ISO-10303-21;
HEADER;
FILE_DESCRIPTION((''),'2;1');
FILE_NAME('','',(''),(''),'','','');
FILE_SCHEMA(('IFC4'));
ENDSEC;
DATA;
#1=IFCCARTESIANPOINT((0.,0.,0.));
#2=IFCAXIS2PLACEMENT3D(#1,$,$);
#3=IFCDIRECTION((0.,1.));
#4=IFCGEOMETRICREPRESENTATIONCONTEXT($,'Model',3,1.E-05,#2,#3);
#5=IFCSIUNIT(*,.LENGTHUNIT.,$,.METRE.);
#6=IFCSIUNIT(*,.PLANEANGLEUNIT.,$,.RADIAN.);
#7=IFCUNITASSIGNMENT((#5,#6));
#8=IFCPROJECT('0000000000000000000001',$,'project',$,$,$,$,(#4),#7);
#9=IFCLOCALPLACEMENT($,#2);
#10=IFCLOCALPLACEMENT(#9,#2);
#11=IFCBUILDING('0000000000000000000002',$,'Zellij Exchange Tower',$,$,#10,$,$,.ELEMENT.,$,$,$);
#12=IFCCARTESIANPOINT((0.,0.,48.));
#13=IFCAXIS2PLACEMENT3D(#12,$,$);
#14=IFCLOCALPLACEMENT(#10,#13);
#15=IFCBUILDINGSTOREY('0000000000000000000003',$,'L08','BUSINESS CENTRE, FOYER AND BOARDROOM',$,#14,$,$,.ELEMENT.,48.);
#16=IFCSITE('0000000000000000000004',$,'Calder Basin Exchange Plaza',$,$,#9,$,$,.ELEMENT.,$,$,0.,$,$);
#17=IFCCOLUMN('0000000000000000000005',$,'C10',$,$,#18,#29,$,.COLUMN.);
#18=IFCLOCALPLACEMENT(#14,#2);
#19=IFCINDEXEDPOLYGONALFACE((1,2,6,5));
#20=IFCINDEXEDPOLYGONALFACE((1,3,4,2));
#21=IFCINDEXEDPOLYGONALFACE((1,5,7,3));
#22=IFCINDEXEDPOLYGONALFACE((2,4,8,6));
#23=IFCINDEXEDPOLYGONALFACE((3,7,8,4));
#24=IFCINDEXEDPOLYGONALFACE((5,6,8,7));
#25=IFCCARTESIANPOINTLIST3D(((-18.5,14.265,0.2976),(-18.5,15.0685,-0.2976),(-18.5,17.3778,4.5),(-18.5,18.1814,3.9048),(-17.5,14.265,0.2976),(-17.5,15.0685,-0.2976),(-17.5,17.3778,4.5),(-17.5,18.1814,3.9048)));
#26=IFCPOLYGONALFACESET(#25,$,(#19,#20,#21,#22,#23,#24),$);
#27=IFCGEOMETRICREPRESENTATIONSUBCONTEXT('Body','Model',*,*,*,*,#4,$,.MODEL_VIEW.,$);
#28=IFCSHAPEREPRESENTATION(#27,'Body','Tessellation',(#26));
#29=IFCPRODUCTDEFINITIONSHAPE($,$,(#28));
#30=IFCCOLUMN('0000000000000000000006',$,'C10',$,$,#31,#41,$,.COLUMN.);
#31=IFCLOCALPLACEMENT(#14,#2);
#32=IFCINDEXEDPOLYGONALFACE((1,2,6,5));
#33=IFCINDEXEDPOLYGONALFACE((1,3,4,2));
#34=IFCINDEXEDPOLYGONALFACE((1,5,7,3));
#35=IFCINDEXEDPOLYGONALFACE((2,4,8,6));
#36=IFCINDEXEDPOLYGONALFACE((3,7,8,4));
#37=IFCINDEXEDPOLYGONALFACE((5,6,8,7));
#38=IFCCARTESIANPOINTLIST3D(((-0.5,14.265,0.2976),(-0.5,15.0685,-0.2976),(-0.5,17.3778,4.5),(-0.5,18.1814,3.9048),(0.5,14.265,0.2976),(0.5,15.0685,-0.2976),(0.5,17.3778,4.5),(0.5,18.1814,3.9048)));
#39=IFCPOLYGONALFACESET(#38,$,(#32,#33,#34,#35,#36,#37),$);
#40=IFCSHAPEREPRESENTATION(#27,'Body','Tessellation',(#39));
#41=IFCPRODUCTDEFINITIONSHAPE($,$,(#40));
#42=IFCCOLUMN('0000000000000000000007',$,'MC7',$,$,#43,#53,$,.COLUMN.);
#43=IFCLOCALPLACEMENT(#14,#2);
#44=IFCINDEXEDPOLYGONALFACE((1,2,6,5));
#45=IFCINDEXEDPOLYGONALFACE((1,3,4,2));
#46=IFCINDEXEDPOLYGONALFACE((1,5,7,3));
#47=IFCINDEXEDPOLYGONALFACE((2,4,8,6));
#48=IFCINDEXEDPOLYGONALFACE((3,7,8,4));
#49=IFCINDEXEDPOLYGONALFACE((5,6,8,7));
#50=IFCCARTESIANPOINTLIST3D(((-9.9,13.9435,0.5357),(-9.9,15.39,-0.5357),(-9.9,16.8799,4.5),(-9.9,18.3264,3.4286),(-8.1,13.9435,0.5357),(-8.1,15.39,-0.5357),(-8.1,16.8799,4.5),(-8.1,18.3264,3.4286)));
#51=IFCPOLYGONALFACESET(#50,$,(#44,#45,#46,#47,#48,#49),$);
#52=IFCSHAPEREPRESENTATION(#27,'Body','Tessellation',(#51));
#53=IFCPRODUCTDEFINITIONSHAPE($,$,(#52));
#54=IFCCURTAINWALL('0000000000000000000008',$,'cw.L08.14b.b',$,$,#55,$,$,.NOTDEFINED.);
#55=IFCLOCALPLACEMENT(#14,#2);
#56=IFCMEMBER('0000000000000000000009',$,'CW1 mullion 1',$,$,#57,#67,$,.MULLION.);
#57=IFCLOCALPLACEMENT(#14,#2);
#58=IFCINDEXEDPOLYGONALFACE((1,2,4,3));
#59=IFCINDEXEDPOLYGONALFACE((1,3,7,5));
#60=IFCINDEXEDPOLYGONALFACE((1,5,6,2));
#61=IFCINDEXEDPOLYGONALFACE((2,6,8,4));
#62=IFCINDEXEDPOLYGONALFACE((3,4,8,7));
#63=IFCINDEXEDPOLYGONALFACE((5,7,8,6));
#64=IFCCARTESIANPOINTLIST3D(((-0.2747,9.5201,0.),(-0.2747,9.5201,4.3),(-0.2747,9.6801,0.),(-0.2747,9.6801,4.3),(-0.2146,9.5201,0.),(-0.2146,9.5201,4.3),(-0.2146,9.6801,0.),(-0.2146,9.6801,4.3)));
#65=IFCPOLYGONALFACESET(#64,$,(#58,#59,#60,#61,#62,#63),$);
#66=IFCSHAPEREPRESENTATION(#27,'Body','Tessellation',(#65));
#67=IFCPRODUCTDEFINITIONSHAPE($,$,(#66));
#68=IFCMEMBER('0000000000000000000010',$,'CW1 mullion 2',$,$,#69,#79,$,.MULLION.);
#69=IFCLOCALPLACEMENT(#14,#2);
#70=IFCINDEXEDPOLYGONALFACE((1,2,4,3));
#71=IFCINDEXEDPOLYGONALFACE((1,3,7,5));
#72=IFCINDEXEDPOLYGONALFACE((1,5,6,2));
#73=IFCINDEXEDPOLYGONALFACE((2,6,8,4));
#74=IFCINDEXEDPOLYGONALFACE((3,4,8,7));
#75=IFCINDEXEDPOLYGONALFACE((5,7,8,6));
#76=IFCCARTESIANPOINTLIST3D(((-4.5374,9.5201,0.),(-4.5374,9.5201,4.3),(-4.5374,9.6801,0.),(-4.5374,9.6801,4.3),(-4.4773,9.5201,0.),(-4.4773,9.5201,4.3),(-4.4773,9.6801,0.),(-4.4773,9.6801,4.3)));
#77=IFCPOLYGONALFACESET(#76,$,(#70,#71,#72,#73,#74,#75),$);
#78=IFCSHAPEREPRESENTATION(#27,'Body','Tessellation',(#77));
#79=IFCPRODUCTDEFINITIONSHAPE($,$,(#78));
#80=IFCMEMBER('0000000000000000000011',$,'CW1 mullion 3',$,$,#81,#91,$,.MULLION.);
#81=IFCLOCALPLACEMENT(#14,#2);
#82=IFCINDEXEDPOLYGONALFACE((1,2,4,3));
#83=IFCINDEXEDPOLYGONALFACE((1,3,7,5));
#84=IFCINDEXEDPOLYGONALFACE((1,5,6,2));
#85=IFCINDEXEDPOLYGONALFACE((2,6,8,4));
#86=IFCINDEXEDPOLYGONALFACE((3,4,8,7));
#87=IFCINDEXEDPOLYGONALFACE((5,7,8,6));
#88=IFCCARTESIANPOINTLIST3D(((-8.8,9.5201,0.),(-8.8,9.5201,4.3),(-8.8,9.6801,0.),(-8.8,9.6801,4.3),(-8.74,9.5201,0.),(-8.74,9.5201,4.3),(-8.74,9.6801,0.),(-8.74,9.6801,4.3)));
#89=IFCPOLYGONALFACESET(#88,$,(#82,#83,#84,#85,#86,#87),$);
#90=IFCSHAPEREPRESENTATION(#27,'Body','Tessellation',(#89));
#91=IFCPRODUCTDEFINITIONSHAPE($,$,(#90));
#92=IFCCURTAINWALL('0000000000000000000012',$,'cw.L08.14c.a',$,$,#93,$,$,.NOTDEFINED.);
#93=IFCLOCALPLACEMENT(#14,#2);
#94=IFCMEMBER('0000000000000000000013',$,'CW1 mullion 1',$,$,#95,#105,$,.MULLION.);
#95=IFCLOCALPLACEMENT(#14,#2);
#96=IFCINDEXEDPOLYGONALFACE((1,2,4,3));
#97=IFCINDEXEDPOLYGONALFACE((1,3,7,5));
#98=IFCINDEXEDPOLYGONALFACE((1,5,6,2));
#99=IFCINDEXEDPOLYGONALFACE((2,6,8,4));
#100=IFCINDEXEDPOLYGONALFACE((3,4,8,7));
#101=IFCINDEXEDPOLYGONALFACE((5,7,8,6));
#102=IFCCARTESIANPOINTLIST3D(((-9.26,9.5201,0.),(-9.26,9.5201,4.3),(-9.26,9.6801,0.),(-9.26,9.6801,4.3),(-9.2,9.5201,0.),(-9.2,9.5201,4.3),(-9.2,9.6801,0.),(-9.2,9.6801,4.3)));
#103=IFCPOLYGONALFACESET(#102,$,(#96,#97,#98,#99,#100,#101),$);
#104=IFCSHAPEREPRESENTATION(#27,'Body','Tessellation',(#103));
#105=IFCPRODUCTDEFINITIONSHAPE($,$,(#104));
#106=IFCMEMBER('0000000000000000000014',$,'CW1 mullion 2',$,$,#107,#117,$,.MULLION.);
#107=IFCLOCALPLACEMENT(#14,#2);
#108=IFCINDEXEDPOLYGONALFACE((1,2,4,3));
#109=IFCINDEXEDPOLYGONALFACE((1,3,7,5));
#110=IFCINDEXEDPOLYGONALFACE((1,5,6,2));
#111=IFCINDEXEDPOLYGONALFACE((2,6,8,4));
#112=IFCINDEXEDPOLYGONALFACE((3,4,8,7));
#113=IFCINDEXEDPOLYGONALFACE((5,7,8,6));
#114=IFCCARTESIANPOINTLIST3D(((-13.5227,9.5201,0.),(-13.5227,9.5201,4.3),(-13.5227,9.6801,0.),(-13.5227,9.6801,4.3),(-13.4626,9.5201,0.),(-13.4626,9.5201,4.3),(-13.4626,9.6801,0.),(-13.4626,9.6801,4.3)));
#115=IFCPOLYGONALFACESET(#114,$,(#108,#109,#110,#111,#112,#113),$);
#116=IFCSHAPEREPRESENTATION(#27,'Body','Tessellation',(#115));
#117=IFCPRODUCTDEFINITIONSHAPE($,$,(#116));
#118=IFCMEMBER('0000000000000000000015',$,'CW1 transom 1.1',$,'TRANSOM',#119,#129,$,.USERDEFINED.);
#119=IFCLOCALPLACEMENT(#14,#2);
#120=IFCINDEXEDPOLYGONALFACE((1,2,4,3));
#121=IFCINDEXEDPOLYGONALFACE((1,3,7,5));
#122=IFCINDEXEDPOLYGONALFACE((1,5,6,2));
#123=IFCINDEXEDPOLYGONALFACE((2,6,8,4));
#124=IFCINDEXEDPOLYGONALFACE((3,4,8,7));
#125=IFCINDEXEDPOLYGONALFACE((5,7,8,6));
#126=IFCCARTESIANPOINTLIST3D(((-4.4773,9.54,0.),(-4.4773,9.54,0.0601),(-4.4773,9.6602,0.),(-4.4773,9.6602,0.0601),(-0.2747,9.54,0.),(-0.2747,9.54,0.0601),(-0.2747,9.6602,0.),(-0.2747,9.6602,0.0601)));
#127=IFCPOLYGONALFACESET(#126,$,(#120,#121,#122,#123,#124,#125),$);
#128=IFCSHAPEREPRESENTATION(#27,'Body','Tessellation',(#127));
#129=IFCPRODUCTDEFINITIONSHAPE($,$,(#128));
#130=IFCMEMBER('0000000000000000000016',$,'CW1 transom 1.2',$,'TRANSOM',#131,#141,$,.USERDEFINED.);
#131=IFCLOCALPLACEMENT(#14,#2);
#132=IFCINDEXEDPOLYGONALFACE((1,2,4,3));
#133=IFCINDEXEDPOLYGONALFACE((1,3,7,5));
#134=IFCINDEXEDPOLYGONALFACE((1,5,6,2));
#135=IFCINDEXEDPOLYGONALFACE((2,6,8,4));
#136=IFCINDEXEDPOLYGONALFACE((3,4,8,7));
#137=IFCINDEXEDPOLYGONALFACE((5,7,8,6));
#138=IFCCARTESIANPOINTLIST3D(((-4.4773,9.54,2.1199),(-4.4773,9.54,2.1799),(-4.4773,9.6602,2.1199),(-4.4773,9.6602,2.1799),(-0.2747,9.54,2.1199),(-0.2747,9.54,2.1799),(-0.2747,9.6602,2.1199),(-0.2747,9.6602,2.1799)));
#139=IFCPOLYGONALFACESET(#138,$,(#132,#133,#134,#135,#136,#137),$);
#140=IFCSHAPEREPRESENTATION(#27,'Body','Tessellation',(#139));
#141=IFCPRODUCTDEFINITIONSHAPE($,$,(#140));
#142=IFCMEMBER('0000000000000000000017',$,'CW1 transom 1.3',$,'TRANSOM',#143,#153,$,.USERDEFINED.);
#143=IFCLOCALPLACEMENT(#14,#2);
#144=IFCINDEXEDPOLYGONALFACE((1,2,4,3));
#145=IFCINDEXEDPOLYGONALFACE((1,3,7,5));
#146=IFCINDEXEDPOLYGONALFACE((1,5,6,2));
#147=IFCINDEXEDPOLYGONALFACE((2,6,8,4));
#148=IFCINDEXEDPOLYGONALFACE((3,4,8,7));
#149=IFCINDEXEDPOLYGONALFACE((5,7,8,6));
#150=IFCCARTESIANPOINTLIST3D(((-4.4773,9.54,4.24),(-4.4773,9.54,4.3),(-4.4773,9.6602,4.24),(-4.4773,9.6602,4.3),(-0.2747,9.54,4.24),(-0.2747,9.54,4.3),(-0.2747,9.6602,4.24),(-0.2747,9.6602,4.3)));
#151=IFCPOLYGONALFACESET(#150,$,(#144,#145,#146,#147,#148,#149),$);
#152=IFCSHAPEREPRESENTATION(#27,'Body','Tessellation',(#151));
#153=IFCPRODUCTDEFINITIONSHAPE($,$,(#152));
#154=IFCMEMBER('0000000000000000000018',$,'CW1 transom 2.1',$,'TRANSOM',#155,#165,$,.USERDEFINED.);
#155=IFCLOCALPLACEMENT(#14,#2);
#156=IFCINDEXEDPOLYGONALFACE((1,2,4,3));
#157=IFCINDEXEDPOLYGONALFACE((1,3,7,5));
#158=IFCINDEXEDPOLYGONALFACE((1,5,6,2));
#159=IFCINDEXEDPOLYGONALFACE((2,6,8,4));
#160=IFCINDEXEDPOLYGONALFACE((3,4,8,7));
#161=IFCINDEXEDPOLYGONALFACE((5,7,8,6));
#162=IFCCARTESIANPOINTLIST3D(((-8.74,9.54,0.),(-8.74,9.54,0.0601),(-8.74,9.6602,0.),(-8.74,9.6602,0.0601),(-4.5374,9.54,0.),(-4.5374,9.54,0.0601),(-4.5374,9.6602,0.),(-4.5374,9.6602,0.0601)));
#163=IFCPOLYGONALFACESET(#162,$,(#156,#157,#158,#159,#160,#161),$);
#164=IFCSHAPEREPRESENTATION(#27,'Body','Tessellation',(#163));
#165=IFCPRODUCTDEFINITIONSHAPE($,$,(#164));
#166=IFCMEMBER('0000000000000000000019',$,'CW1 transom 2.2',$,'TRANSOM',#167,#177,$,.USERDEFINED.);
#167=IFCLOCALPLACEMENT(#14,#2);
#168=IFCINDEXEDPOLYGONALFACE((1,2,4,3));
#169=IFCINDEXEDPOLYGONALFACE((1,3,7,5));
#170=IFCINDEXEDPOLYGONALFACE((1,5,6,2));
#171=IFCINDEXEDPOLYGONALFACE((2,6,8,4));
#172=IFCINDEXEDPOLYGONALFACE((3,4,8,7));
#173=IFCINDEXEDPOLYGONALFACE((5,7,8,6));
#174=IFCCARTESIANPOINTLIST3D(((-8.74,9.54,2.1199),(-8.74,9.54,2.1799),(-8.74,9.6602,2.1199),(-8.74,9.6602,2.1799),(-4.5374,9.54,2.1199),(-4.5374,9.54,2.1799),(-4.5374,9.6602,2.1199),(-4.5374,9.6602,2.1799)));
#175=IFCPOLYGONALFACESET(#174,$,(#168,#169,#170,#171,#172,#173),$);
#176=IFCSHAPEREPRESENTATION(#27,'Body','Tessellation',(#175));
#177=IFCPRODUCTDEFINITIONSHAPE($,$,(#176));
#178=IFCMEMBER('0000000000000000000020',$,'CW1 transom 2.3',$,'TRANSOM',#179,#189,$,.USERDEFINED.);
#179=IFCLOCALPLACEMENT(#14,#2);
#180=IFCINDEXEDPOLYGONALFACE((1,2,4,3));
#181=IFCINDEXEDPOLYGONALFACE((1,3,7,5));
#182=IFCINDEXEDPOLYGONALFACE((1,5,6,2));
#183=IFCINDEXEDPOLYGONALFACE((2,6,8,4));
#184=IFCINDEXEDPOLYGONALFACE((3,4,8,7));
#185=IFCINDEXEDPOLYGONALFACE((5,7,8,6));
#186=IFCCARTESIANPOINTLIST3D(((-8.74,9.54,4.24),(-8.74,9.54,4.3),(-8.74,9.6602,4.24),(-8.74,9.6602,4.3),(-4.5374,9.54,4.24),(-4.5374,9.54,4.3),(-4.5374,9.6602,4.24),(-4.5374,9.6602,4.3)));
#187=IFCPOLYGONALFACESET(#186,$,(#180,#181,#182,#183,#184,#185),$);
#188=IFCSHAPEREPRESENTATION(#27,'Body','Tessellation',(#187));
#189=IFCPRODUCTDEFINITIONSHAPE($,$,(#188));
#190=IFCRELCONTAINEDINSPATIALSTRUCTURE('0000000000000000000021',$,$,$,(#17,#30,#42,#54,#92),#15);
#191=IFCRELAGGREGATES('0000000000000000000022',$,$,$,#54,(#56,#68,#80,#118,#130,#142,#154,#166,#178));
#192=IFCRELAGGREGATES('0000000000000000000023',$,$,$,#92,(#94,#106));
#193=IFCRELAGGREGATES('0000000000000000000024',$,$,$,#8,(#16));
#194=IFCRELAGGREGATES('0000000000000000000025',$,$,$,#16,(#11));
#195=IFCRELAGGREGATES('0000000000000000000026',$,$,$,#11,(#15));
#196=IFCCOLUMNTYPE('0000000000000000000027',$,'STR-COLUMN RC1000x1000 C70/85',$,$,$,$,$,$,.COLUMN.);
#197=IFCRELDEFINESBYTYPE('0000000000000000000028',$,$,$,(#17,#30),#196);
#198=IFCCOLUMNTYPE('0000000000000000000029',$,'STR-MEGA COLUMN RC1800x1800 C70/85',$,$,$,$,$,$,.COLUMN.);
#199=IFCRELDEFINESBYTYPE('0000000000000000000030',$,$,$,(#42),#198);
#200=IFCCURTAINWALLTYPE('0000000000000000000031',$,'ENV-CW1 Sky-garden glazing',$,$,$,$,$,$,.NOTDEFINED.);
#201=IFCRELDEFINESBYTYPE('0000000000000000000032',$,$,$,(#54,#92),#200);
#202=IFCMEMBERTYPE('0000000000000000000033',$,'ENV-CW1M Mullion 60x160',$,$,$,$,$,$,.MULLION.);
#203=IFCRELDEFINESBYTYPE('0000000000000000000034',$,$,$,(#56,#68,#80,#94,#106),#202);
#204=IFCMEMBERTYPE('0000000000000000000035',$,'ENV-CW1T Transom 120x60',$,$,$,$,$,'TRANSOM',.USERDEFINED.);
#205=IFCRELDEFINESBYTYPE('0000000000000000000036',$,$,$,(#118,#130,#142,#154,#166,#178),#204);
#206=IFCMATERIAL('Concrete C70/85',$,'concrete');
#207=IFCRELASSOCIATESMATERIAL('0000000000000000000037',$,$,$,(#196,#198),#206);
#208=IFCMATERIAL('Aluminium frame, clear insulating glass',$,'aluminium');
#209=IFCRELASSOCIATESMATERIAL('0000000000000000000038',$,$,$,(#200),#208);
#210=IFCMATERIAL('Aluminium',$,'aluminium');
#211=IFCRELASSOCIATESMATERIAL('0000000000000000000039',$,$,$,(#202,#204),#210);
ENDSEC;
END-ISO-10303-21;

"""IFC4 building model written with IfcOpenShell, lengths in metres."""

from ifc_helpers import new_model, si_unit, direction, frame, origin, origin_2d, place, context, subcontext, project, spatial, rectangle, extrude, clip, halfspace, material, material_profile, profile_set, type_object, element, aggregate, save


model = new_model("IFC4")

# Units and contexts
model_context = context("Model", 3, precision=1e-05, world=origin(), true_north=direction((0.0, 1.0)))
body_context = subcontext(model_context, "Body", "Model", "MODEL_VIEW")
ifc_project = project(units=[si_unit("LENGTHUNIT", "METRE"), si_unit("PLANEANGLEUNIT", "RADIAN")], contexts=[model_context])

# Site, building, storey
site_placement = place(None, origin())
site = spatial("IfcSite", under=ifc_project, at=site_placement, Name="Calder Basin Exchange Plaza", CompositionType="ELEMENT", RefElevation=0.0)
building_placement = place(site_placement, origin())
building = spatial("IfcBuilding", under=site, at=building_placement, Name="Zellij Exchange Tower", CompositionType="ELEMENT")
storey_placement = place(building_placement, frame((0.0, 0.0, 48.0)))
storey = spatial("IfcBuildingStorey", under=building, at=storey_placement, Name="L08", Description="BUSINESS CENTRE, FOYER AND BOARDROOM", CompositionType="ELEMENT", Elevation=48.0)

# Columns
ifc_material_1 = material(Name="Concrete C70/85", Category="concrete")
ifc_material_profile_1 = material_profile(ifc_material_1, rectangle(XDim=1.0, YDim=1.0, at=origin_2d()), Name="STR-COLUMN RC1000x1000 C70/85")
ifc_profile_set_1 = profile_set([ifc_material_profile_1], Name="Concrete C70/85")
column_type_1 = type_object("IfcColumnType", Name="STR-COLUMN RC1000x1000 C70/85", PredefinedType="COLUMN", material=ifc_profile_set_1)
for number, where, z_axis, x_axis, name in (
    (1, (-18.0, 14.6667, 0.0), (0.0, 0.595218, 0.803564), (-1.0, 0.0, 0.0), "C10"),
    (2, (0.0, 14.6667, 0.0), (0.0, 0.595218, 0.803564), (-1.0, 0.0, 0.0), "C10"),
):
    element("IfcColumn", number, at=place(storey_placement, frame(where, z_axis=z_axis, x_axis=x_axis)), inside=storey, type_object=column_type_1, Name=name, PredefinedType="COLUMN", context=body_context, shape_type="Clipping", body=[
        clip(extrude(rectangle(XDim=1.0, YDim=1.0, at=origin_2d()), origin(), (0.0, 0.0, 1.0), 5.6001), halfspace(frame((0.0, 0.0, 5.2297)), False)),
    ])
ifc_material_profile_2 = material_profile(ifc_material_1, rectangle(XDim=1.8, YDim=1.8, at=origin_2d()), Name="STR-MEGA COLUMN RC1800x1800 C70/85")
ifc_profile_set_2 = profile_set([ifc_material_profile_2], Name="Concrete C70/85")
column_type_2 = type_object("IfcColumnType", Name="STR-MEGA COLUMN RC1800x1800 C70/85", PredefinedType="COLUMN", material=ifc_profile_set_2)
column_placement = place(storey_placement, frame((-9.0, 14.6667, 0.0), z_axis=(0.0, 0.595218, 0.803564), x_axis=(-1.0, 0.0, 0.0)))
element("IfcColumn", 3, at=column_placement, inside=storey, type_object=column_type_2, Name="MC7", PredefinedType="COLUMN", context=body_context, shape_type="Clipping", body=[
    clip(extrude(rectangle(XDim=1.8, YDim=1.8, at=origin_2d()), origin(), (0.0, 0.0, 1.0), 5.6001), halfspace(frame((0.0, 0.0, 4.9333)), False)),
])

# Curtain walls, members
ifc_material_2 = material(Name="Aluminium frame, clear insulating glass", Category="aluminium")
curtain_wall_type = type_object("IfcCurtainWallType", Name="ENV-CW1 Sky-garden glazing", PredefinedType="NOTDEFINED", material=ifc_material_2)
curtain_wall_1_placement = place(storey_placement, origin())
curtain_wall_1 = element("IfcCurtainWall", 4, at=curtain_wall_1_placement, inside=storey, type_object=curtain_wall_type, Name="cw.L08.14b.b", PredefinedType="NOTDEFINED")
ifc_material_3 = material(Name="Aluminium", Category="aluminium")
ifc_material_profile_3 = material_profile(ifc_material_3, rectangle(XDim=0.0601, YDim=0.1599, at=origin_2d()), Name="AL 60x160")
ifc_profile_set_3 = profile_set([ifc_material_profile_3], Name="Aluminium")
member_type_1 = type_object("IfcMemberType", Name="ENV-CW1M Mullion 60x160", PredefinedType="MULLION", material=ifc_profile_set_3)
member_1_placement = place(storey_placement, frame((-0.2446, 9.6001, 0.0), z_axis=(0.0, 0.0, 1.0), x_axis=(-1.0, 0.0, 0.0)))
member_1 = element("IfcMember", 5, at=member_1_placement, type_object=member_type_1, Name="CW1 mullion 1", PredefinedType="MULLION", context=body_context, shape_type="SweptSolid", body=[
    extrude(rectangle(XDim=0.0601, YDim=0.1599, at=origin_2d()), origin(), (0.0, 0.0, 1.0), 4.3),
])
member_2_placement = place(storey_placement, frame((-4.5073, 9.6001, 0.0), z_axis=(0.0, 0.0, 1.0), x_axis=(-1.0, 0.0, 0.0)))
member_2 = element("IfcMember", 6, at=member_2_placement, type_object=member_type_1, Name="CW1 mullion 2", PredefinedType="MULLION", context=body_context, shape_type="SweptSolid", body=[
    extrude(rectangle(XDim=0.0601, YDim=0.1599, at=origin_2d()), origin(), (0.0, 0.0, 1.0), 4.3),
])
member_3_placement = place(storey_placement, frame((-8.77, 9.6001, 0.0), z_axis=(0.0, 0.0, 1.0), x_axis=(-1.0, 0.0, 0.0)))
member_3 = element("IfcMember", 7, at=member_3_placement, type_object=member_type_1, Name="CW1 mullion 3", PredefinedType="MULLION", context=body_context, shape_type="SweptSolid", body=[
    extrude(rectangle(XDim=0.0601, YDim=0.1599, at=origin_2d()), origin(), (0.0, 0.0, 1.0), 4.3),
])
curtain_wall_2_placement = place(storey_placement, origin())
curtain_wall_2 = element("IfcCurtainWall", 8, at=curtain_wall_2_placement, inside=storey, type_object=curtain_wall_type, Name="cw.L08.14c.a", PredefinedType="NOTDEFINED")
member_4_placement = place(storey_placement, frame((-9.23, 9.6001, 0.0), z_axis=(0.0, 0.0, 1.0), x_axis=(-1.0, 0.0, 0.0)))
member_4 = element("IfcMember", 9, at=member_4_placement, type_object=member_type_1, Name="CW1 mullion 1", PredefinedType="MULLION", context=body_context, shape_type="SweptSolid", body=[
    extrude(rectangle(XDim=0.0601, YDim=0.1599, at=origin_2d()), origin(), (0.0, 0.0, 1.0), 4.3),
])
member_5_placement = place(storey_placement, frame((-13.4927, 9.6001, 0.0), z_axis=(0.0, 0.0, 1.0), x_axis=(-1.0, 0.0, 0.0)))
member_5 = element("IfcMember", 10, at=member_5_placement, type_object=member_type_1, Name="CW1 mullion 2", PredefinedType="MULLION", context=body_context, shape_type="SweptSolid", body=[
    extrude(rectangle(XDim=0.0601, YDim=0.1599, at=origin_2d()), origin(), (0.0, 0.0, 1.0), 4.3),
])

# Members
ifc_material_profile_4 = material_profile(ifc_material_3, rectangle(XDim=0.1201, YDim=0.0601, at=origin_2d()), Name="AL 120x60")
ifc_profile_set_4 = profile_set([ifc_material_profile_4], Name="Aluminium")
member_type_2 = type_object("IfcMemberType", Name="ENV-CW1T Transom 120x60", ElementType="TRANSOM", PredefinedType="USERDEFINED", material=ifc_profile_set_4)
member_6_placement = place(storey_placement, frame((-0.2747, 9.6001, 0.03), z_axis=(-1.0, 0.0, 0.0), x_axis=(0.0, -1.0, 0.0)))
member_6 = element("IfcMember", 11, at=member_6_placement, type_object=member_type_2, Name="CW1 transom 1.1", ObjectType="TRANSOM", PredefinedType="USERDEFINED", context=body_context, shape_type="SweptSolid", body=[
    extrude(rectangle(XDim=0.1201, YDim=0.0601, at=origin_2d()), origin(), (0.0, 0.0, 1.0), 4.2026),
])
member_7_placement = place(storey_placement, frame((-0.2747, 9.6001, 2.1499), z_axis=(-1.0, 0.0, 0.0), x_axis=(0.0, -1.0, 0.0)))
member_7 = element("IfcMember", 12, at=member_7_placement, type_object=member_type_2, Name="CW1 transom 1.2", ObjectType="TRANSOM", PredefinedType="USERDEFINED", context=body_context, shape_type="SweptSolid", body=[
    extrude(rectangle(XDim=0.1201, YDim=0.0601, at=origin_2d()), origin(), (0.0, 0.0, 1.0), 4.2026),
])
member_8_placement = place(storey_placement, frame((-0.2747, 9.6001, 4.27), z_axis=(-1.0, 0.0, 0.0), x_axis=(0.0, -1.0, 0.0)))
member_8 = element("IfcMember", 13, at=member_8_placement, type_object=member_type_2, Name="CW1 transom 1.3", ObjectType="TRANSOM", PredefinedType="USERDEFINED", context=body_context, shape_type="SweptSolid", body=[
    extrude(rectangle(XDim=0.1201, YDim=0.0601, at=origin_2d()), origin(), (0.0, 0.0, 1.0), 4.2026),
])
member_9_placement = place(storey_placement, frame((-4.5374, 9.6001, 0.03), z_axis=(-1.0, 0.0, 0.0), x_axis=(0.0, -1.0, 0.0)))
member_9 = element("IfcMember", 14, at=member_9_placement, type_object=member_type_2, Name="CW1 transom 2.1", ObjectType="TRANSOM", PredefinedType="USERDEFINED", context=body_context, shape_type="SweptSolid", body=[
    extrude(rectangle(XDim=0.1201, YDim=0.0601, at=origin_2d()), origin(), (0.0, 0.0, 1.0), 4.2026),
])
member_10_placement = place(storey_placement, frame((-4.5374, 9.6001, 2.1499), z_axis=(-1.0, 0.0, 0.0), x_axis=(0.0, -1.0, 0.0)))
member_10 = element("IfcMember", 15, at=member_10_placement, type_object=member_type_2, Name="CW1 transom 2.2", ObjectType="TRANSOM", PredefinedType="USERDEFINED", context=body_context, shape_type="SweptSolid", body=[
    extrude(rectangle(XDim=0.1201, YDim=0.0601, at=origin_2d()), origin(), (0.0, 0.0, 1.0), 4.2026),
])
member_11_placement = place(storey_placement, frame((-4.5374, 9.6001, 4.27), z_axis=(-1.0, 0.0, 0.0), x_axis=(0.0, -1.0, 0.0)))
member_11 = element("IfcMember", 16, at=member_11_placement, type_object=member_type_2, Name="CW1 transom 2.3", ObjectType="TRANSOM", PredefinedType="USERDEFINED", context=body_context, shape_type="SweptSolid", body=[
    extrude(rectangle(XDim=0.1201, YDim=0.0601, at=origin_2d()), origin(), (0.0, 0.0, 1.0), 4.2026),
])

aggregate(curtain_wall_1, [member_1, member_2, member_3, member_6, member_7, member_8, member_9, member_10, member_11])
aggregate(curtain_wall_2, [member_4, member_5])

save(model, "model.ifc")
